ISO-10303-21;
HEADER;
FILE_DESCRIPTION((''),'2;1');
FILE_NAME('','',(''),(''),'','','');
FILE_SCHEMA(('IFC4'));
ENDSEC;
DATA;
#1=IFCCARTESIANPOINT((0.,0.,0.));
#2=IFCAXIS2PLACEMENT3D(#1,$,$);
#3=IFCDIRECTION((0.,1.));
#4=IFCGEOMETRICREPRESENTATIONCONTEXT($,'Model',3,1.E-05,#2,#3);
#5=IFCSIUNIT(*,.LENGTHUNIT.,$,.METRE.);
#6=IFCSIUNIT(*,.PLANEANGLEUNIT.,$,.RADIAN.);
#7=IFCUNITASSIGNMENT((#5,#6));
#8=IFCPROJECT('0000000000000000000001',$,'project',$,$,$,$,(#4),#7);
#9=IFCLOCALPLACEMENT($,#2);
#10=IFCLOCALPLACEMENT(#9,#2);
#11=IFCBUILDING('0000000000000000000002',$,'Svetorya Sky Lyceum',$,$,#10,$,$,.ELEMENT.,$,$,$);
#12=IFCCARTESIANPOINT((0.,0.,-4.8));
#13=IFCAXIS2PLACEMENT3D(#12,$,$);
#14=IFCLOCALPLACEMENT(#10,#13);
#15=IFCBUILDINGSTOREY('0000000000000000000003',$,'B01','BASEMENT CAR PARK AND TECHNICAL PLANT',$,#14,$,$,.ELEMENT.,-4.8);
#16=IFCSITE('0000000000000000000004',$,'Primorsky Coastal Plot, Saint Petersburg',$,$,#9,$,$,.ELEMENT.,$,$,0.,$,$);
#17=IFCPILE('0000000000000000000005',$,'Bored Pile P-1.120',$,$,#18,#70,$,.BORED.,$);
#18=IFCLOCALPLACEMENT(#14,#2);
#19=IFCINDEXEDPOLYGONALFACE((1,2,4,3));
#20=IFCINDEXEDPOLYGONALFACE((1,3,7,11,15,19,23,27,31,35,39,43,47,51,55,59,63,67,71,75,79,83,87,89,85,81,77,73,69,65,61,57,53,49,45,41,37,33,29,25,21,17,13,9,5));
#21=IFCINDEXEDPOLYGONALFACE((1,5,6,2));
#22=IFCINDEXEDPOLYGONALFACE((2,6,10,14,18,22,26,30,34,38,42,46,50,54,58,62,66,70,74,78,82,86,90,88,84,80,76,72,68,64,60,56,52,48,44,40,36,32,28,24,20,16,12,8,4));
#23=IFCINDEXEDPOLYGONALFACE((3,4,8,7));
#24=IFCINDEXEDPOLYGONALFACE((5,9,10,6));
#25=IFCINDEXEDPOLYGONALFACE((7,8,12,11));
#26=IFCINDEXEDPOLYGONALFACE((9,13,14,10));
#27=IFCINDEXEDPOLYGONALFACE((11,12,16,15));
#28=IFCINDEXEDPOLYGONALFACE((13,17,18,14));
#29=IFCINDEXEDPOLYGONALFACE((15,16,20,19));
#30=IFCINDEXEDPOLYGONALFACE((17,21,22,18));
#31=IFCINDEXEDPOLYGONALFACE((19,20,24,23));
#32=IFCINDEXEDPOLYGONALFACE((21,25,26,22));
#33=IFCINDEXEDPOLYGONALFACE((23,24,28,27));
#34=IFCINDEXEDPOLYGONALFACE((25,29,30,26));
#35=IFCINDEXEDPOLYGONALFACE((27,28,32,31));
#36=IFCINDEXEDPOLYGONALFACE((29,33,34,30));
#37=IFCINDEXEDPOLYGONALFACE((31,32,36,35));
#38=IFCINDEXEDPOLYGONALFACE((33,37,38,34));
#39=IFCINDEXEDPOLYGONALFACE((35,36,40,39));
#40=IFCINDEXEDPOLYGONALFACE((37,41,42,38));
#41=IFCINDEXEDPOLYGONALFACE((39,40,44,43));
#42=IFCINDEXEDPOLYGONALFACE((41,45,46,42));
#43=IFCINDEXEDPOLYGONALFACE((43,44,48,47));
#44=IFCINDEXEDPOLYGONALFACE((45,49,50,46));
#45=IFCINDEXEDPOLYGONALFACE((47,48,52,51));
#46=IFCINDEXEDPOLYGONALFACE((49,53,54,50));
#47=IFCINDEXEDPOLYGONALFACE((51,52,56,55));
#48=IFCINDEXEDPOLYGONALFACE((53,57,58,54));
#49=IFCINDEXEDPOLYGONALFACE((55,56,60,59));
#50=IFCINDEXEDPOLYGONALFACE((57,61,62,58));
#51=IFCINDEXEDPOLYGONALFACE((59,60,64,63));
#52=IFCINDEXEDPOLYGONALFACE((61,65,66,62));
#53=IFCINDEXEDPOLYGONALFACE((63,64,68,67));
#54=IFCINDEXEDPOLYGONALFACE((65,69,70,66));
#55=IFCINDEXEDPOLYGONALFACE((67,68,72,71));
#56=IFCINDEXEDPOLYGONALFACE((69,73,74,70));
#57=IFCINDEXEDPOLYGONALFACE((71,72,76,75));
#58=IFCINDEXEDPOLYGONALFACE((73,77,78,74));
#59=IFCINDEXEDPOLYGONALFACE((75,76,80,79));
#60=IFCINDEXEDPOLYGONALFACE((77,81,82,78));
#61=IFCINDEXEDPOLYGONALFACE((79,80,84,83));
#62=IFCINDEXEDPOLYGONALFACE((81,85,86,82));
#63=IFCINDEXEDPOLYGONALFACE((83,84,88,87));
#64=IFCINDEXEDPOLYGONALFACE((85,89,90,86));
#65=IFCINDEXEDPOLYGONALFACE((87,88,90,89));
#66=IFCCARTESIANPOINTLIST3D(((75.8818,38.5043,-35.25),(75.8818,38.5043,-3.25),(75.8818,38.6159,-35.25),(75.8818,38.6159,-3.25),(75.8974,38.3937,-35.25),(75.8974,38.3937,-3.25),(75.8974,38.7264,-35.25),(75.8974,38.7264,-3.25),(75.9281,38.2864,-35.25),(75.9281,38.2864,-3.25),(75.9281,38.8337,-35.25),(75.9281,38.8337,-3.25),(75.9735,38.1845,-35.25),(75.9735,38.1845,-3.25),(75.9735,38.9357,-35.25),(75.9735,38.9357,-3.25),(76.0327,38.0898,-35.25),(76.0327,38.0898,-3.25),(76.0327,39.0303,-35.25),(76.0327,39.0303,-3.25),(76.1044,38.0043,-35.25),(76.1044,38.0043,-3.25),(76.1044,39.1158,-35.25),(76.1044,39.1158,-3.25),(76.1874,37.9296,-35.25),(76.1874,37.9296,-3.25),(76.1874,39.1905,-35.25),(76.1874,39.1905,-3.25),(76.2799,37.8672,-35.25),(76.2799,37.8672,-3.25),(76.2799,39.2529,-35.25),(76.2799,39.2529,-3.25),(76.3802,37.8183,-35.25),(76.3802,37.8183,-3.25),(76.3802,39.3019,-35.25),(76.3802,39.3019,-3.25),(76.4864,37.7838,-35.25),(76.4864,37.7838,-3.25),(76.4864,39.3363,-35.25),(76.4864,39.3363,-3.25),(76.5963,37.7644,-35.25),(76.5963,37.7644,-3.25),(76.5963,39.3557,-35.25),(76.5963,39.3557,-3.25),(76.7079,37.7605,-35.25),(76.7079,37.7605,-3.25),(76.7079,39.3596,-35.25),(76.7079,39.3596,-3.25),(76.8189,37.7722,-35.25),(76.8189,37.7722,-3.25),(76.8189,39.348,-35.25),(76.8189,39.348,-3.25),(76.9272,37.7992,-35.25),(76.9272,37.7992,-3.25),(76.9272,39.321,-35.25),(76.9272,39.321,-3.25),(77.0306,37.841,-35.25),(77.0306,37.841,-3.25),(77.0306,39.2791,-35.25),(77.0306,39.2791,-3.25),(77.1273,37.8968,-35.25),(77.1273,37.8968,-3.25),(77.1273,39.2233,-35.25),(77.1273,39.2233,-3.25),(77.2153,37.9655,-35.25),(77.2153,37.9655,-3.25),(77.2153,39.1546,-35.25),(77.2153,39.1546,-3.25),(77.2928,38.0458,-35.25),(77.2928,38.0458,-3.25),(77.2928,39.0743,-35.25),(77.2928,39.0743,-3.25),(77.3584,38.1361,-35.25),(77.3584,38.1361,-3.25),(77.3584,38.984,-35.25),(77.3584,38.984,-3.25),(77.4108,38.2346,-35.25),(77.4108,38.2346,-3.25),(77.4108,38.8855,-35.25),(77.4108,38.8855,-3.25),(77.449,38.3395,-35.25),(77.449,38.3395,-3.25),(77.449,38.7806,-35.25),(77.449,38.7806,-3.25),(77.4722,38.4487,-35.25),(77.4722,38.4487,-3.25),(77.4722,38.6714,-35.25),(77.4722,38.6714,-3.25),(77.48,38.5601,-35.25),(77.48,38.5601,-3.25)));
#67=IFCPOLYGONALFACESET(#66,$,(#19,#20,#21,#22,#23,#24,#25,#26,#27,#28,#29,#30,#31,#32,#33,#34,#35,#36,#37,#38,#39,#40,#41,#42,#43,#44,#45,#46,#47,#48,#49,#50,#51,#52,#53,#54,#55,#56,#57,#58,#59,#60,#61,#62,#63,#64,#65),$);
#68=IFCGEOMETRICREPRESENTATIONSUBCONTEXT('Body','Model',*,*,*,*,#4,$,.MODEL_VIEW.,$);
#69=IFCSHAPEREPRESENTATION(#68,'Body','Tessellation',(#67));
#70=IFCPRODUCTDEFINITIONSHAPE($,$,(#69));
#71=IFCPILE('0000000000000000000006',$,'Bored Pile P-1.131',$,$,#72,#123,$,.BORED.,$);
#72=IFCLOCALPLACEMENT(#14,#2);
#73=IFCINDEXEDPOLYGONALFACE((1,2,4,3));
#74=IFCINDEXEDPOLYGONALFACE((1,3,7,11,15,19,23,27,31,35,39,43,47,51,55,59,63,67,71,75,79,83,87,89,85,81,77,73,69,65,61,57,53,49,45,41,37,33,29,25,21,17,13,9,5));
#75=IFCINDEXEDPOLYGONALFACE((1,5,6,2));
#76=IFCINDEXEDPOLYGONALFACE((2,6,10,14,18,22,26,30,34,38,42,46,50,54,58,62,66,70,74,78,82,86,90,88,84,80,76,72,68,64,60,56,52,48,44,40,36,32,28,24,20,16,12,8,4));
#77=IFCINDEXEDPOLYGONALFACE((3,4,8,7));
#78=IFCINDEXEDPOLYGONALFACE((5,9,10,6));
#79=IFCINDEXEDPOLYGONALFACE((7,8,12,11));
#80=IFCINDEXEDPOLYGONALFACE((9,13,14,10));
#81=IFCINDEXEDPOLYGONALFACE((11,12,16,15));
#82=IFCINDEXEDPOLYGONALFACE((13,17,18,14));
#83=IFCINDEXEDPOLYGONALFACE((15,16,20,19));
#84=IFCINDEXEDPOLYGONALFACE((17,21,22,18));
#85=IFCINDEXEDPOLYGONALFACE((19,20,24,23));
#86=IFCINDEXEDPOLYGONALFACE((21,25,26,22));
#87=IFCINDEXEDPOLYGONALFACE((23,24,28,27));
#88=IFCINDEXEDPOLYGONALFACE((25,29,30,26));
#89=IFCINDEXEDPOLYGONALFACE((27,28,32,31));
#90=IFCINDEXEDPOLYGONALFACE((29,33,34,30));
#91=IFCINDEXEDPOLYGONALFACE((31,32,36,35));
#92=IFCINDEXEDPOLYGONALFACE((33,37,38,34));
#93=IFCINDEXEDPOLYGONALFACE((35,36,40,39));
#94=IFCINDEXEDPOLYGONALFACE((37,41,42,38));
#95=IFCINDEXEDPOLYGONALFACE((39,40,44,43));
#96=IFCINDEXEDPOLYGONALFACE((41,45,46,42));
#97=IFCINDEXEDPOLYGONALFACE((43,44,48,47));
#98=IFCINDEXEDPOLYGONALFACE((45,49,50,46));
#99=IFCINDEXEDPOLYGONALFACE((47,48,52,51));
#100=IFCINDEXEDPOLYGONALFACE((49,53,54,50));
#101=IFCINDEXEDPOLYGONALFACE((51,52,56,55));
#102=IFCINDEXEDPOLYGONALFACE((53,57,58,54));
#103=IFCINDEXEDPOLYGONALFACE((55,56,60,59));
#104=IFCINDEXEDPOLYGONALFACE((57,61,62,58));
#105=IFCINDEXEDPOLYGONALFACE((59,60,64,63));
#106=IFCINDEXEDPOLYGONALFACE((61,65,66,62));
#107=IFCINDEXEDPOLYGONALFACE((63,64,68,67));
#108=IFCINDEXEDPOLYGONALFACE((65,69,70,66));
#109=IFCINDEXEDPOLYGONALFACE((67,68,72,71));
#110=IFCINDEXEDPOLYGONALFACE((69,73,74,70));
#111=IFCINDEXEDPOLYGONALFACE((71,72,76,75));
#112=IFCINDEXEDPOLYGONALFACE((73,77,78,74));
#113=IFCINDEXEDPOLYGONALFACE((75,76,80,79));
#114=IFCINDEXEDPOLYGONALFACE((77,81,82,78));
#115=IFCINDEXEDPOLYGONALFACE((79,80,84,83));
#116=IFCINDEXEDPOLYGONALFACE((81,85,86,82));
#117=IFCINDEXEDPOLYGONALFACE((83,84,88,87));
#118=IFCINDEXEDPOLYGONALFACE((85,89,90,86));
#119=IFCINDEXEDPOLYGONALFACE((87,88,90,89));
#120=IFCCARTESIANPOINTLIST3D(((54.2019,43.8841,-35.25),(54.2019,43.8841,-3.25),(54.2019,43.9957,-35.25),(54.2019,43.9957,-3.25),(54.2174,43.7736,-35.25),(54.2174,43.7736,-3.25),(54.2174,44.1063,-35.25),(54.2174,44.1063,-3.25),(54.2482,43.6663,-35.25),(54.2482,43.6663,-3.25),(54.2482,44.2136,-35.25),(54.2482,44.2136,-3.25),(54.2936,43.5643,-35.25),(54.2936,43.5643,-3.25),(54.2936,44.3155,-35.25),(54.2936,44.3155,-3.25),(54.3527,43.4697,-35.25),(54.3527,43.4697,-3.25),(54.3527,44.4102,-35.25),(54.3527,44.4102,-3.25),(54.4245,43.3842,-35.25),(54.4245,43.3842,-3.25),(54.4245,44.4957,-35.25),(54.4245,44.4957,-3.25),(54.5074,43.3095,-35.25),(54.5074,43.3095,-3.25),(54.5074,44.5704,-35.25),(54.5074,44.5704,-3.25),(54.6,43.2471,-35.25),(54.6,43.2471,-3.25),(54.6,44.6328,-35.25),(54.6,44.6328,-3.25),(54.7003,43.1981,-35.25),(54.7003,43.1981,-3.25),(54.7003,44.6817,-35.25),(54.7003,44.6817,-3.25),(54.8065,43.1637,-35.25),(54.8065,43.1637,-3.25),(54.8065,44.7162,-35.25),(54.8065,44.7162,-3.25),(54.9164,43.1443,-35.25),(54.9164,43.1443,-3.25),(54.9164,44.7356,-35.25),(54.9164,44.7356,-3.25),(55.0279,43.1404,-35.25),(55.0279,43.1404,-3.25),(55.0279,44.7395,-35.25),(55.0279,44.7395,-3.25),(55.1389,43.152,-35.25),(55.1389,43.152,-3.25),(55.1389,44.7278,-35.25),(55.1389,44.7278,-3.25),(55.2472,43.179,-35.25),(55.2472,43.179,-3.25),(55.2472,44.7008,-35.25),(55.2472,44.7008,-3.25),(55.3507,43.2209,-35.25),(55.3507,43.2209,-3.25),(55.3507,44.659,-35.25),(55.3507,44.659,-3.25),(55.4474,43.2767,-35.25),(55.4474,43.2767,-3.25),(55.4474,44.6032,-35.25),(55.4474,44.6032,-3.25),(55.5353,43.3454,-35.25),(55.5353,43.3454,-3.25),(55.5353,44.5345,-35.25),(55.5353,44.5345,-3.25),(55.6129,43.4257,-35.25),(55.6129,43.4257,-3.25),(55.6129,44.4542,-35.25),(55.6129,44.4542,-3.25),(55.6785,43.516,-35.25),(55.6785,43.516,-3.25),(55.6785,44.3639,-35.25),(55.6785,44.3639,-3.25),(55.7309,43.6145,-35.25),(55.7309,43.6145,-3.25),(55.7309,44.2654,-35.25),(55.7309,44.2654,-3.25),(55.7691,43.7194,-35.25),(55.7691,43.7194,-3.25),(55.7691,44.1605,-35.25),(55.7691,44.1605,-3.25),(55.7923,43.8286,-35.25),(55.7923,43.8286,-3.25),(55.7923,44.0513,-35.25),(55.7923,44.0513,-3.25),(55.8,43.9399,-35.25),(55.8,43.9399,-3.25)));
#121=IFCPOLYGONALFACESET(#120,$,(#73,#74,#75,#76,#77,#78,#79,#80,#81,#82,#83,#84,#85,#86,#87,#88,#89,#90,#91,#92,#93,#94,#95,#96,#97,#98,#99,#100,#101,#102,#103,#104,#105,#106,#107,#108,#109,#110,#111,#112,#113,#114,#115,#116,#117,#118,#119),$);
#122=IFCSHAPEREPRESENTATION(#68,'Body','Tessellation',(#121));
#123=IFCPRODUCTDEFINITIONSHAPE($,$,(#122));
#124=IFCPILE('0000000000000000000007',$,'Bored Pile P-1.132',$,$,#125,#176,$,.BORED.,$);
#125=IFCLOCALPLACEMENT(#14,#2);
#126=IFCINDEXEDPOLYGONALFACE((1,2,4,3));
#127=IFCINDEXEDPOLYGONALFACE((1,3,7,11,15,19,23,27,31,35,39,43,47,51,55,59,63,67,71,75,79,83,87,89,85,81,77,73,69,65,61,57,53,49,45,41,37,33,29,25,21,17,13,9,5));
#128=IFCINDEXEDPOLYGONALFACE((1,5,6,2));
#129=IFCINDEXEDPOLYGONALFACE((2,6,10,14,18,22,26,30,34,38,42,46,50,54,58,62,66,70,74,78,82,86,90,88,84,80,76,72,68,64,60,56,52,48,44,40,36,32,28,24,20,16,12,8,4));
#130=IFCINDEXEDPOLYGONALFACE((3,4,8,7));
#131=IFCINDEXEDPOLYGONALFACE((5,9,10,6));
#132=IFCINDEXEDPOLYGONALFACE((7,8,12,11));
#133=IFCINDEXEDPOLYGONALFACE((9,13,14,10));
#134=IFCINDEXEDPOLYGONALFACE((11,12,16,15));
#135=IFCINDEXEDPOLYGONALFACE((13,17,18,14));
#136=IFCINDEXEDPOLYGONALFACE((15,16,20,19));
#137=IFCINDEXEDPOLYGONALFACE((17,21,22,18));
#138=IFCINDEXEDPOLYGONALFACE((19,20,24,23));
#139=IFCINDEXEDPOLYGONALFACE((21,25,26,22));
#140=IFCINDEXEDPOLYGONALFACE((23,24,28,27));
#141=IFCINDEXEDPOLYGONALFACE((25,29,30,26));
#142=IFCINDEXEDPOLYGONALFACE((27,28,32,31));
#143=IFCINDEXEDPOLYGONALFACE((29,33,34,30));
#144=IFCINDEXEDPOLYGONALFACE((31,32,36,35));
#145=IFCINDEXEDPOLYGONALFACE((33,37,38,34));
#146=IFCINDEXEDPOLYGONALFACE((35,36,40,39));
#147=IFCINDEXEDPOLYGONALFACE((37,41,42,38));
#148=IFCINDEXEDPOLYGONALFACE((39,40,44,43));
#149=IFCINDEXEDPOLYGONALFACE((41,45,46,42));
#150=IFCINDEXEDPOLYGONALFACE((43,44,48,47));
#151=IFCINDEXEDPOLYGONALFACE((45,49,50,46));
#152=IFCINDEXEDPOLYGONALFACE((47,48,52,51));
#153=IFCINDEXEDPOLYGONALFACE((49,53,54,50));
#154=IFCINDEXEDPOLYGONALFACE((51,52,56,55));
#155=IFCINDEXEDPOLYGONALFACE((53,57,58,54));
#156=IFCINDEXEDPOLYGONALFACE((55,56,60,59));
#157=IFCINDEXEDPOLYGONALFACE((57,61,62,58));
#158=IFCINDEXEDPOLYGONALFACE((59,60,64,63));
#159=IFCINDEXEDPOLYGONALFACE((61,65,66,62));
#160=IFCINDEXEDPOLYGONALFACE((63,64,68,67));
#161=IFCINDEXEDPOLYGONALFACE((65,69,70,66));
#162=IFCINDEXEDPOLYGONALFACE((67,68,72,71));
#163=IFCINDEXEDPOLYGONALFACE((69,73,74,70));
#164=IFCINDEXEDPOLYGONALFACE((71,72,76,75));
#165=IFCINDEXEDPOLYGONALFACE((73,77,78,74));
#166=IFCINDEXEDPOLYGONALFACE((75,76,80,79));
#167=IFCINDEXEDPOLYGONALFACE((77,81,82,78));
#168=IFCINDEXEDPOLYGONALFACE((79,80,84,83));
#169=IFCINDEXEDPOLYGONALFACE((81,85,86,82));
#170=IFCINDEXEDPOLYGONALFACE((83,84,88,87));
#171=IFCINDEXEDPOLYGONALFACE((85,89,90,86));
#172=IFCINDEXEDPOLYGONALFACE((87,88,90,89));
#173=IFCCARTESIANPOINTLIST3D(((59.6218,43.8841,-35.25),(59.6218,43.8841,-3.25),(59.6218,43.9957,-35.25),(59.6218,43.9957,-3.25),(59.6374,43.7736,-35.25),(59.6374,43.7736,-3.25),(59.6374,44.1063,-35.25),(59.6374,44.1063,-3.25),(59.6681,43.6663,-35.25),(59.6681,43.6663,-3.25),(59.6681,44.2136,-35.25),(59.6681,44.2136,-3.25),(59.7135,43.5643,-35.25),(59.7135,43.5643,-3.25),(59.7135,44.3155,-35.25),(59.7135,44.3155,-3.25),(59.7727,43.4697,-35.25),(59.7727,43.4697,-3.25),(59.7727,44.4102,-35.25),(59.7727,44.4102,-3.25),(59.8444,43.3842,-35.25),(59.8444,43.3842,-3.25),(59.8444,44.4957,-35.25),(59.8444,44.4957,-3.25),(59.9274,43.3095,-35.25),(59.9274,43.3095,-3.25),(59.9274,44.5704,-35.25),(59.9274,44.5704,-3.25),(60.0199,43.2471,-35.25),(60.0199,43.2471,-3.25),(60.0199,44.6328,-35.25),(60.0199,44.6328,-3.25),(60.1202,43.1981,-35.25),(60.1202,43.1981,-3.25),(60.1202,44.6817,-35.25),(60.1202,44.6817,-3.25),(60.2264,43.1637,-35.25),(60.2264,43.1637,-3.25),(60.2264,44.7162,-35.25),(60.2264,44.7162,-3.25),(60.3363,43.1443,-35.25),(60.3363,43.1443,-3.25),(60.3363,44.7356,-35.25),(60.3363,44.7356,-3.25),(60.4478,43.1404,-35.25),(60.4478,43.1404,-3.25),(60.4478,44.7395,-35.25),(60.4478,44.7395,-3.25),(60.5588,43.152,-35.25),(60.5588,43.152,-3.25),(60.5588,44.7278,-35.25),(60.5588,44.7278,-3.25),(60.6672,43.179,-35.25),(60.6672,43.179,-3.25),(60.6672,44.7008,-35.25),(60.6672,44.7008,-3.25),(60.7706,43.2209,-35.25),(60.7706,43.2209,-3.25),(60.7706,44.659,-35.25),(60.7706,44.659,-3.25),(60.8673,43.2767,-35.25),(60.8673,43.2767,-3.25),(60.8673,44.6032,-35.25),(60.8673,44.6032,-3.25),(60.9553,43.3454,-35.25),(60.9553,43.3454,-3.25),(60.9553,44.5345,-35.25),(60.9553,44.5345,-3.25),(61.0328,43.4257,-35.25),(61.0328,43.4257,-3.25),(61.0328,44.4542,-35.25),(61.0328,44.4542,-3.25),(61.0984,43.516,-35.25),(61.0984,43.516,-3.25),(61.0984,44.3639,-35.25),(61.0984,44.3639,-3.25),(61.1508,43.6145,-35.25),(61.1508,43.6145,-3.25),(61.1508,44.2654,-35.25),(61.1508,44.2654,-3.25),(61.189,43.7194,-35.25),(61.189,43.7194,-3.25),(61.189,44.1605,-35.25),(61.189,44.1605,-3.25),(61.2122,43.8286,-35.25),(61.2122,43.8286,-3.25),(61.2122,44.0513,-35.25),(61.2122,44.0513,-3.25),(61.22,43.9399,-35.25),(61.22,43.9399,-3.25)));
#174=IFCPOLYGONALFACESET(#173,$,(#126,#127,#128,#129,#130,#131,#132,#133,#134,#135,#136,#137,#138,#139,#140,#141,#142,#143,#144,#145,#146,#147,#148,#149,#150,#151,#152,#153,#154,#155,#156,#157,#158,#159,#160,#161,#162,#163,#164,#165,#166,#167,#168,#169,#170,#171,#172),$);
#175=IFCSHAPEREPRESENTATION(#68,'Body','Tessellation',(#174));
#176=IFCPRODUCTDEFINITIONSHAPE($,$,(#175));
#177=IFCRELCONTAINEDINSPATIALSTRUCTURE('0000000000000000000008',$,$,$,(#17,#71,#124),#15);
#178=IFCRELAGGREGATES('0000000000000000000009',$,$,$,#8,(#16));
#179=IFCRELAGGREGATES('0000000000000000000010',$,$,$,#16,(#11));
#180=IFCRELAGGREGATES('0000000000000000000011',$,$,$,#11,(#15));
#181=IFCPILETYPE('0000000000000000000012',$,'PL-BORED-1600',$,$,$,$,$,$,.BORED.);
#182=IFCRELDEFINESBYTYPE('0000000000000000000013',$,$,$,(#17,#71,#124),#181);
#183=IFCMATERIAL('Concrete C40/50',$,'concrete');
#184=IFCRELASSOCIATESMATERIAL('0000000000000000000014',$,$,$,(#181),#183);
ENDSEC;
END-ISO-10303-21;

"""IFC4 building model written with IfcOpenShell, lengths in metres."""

from ifc_helpers import new_model, si_unit, direction, frame, origin, origin_2d, place, context, subcontext, project, spatial, circle, extrude, material, material_profile, profile_set, type_object, element, save


model = new_model("IFC4")

# Units and contexts
model_context = context("Model", 3, precision=1e-05, world=origin(), true_north=direction((0.0, 1.0)))
body_context = subcontext(model_context, "Body", "Model", "MODEL_VIEW")
ifc_project = project(units=[si_unit("LENGTHUNIT", "METRE"), si_unit("PLANEANGLEUNIT", "RADIAN")], contexts=[model_context])

# Site, building, storey
site_placement = place(None, origin())
site = spatial("IfcSite", under=ifc_project, at=site_placement, Name="Primorsky Coastal Plot, Saint Petersburg", CompositionType="ELEMENT", RefElevation=0.0)
building_placement = place(site_placement, origin())
building = spatial("IfcBuilding", under=site, at=building_placement, Name="Svetorya Sky Lyceum", CompositionType="ELEMENT")
storey_placement = place(building_placement, frame((0.0, 0.0, -4.8)))
storey = spatial("IfcBuildingStorey", under=building, at=storey_placement, Name="B01", Description="BASEMENT CAR PARK AND TECHNICAL PLANT", CompositionType="ELEMENT", Elevation=-4.8)

# Piles
ifc_material_1 = material(Name="Concrete C40/50", Category="concrete")
ifc_material_profile_1 = material_profile(ifc_material_1, circle(Radius=0.8, at=origin_2d()), Name="RC PILE D1600")
ifc_profile_set_1 = profile_set([ifc_material_profile_1], Name="Concrete C40/50")
pile_type = type_object("IfcPileType", Name="PL-BORED-1600", PredefinedType="BORED", material=ifc_profile_set_1)
for number, where, z_axis, x_axis, name in (
    (1, (76.6799, 38.5601, -3.25), (0.0, 0.0, -1.0), (1.0, 0.0, 0.0), "Bored Pile P-1.120"),
    (2, (55.0, 43.9399, -3.25), (0.0, 0.0, -1.0), (1.0, 0.0, 0.0), "Bored Pile P-1.131"),
    (3, (60.4199, 43.9399, -3.25), (0.0, 0.0, -1.0), (1.0, 0.0, 0.0), "Bored Pile P-1.132"),
):
    element("IfcPile", number, at=place(storey_placement, frame(where, z_axis=z_axis, x_axis=x_axis)), inside=storey, type_object=pile_type, Name=name, PredefinedType="BORED", context=body_context, shape_type="SweptSolid", body=[
        extrude(circle(Radius=0.8, at=origin_2d()), origin(), (0.0, 0.0, 1.0), 32.0),
    ])

save(model, "model.ifc")
